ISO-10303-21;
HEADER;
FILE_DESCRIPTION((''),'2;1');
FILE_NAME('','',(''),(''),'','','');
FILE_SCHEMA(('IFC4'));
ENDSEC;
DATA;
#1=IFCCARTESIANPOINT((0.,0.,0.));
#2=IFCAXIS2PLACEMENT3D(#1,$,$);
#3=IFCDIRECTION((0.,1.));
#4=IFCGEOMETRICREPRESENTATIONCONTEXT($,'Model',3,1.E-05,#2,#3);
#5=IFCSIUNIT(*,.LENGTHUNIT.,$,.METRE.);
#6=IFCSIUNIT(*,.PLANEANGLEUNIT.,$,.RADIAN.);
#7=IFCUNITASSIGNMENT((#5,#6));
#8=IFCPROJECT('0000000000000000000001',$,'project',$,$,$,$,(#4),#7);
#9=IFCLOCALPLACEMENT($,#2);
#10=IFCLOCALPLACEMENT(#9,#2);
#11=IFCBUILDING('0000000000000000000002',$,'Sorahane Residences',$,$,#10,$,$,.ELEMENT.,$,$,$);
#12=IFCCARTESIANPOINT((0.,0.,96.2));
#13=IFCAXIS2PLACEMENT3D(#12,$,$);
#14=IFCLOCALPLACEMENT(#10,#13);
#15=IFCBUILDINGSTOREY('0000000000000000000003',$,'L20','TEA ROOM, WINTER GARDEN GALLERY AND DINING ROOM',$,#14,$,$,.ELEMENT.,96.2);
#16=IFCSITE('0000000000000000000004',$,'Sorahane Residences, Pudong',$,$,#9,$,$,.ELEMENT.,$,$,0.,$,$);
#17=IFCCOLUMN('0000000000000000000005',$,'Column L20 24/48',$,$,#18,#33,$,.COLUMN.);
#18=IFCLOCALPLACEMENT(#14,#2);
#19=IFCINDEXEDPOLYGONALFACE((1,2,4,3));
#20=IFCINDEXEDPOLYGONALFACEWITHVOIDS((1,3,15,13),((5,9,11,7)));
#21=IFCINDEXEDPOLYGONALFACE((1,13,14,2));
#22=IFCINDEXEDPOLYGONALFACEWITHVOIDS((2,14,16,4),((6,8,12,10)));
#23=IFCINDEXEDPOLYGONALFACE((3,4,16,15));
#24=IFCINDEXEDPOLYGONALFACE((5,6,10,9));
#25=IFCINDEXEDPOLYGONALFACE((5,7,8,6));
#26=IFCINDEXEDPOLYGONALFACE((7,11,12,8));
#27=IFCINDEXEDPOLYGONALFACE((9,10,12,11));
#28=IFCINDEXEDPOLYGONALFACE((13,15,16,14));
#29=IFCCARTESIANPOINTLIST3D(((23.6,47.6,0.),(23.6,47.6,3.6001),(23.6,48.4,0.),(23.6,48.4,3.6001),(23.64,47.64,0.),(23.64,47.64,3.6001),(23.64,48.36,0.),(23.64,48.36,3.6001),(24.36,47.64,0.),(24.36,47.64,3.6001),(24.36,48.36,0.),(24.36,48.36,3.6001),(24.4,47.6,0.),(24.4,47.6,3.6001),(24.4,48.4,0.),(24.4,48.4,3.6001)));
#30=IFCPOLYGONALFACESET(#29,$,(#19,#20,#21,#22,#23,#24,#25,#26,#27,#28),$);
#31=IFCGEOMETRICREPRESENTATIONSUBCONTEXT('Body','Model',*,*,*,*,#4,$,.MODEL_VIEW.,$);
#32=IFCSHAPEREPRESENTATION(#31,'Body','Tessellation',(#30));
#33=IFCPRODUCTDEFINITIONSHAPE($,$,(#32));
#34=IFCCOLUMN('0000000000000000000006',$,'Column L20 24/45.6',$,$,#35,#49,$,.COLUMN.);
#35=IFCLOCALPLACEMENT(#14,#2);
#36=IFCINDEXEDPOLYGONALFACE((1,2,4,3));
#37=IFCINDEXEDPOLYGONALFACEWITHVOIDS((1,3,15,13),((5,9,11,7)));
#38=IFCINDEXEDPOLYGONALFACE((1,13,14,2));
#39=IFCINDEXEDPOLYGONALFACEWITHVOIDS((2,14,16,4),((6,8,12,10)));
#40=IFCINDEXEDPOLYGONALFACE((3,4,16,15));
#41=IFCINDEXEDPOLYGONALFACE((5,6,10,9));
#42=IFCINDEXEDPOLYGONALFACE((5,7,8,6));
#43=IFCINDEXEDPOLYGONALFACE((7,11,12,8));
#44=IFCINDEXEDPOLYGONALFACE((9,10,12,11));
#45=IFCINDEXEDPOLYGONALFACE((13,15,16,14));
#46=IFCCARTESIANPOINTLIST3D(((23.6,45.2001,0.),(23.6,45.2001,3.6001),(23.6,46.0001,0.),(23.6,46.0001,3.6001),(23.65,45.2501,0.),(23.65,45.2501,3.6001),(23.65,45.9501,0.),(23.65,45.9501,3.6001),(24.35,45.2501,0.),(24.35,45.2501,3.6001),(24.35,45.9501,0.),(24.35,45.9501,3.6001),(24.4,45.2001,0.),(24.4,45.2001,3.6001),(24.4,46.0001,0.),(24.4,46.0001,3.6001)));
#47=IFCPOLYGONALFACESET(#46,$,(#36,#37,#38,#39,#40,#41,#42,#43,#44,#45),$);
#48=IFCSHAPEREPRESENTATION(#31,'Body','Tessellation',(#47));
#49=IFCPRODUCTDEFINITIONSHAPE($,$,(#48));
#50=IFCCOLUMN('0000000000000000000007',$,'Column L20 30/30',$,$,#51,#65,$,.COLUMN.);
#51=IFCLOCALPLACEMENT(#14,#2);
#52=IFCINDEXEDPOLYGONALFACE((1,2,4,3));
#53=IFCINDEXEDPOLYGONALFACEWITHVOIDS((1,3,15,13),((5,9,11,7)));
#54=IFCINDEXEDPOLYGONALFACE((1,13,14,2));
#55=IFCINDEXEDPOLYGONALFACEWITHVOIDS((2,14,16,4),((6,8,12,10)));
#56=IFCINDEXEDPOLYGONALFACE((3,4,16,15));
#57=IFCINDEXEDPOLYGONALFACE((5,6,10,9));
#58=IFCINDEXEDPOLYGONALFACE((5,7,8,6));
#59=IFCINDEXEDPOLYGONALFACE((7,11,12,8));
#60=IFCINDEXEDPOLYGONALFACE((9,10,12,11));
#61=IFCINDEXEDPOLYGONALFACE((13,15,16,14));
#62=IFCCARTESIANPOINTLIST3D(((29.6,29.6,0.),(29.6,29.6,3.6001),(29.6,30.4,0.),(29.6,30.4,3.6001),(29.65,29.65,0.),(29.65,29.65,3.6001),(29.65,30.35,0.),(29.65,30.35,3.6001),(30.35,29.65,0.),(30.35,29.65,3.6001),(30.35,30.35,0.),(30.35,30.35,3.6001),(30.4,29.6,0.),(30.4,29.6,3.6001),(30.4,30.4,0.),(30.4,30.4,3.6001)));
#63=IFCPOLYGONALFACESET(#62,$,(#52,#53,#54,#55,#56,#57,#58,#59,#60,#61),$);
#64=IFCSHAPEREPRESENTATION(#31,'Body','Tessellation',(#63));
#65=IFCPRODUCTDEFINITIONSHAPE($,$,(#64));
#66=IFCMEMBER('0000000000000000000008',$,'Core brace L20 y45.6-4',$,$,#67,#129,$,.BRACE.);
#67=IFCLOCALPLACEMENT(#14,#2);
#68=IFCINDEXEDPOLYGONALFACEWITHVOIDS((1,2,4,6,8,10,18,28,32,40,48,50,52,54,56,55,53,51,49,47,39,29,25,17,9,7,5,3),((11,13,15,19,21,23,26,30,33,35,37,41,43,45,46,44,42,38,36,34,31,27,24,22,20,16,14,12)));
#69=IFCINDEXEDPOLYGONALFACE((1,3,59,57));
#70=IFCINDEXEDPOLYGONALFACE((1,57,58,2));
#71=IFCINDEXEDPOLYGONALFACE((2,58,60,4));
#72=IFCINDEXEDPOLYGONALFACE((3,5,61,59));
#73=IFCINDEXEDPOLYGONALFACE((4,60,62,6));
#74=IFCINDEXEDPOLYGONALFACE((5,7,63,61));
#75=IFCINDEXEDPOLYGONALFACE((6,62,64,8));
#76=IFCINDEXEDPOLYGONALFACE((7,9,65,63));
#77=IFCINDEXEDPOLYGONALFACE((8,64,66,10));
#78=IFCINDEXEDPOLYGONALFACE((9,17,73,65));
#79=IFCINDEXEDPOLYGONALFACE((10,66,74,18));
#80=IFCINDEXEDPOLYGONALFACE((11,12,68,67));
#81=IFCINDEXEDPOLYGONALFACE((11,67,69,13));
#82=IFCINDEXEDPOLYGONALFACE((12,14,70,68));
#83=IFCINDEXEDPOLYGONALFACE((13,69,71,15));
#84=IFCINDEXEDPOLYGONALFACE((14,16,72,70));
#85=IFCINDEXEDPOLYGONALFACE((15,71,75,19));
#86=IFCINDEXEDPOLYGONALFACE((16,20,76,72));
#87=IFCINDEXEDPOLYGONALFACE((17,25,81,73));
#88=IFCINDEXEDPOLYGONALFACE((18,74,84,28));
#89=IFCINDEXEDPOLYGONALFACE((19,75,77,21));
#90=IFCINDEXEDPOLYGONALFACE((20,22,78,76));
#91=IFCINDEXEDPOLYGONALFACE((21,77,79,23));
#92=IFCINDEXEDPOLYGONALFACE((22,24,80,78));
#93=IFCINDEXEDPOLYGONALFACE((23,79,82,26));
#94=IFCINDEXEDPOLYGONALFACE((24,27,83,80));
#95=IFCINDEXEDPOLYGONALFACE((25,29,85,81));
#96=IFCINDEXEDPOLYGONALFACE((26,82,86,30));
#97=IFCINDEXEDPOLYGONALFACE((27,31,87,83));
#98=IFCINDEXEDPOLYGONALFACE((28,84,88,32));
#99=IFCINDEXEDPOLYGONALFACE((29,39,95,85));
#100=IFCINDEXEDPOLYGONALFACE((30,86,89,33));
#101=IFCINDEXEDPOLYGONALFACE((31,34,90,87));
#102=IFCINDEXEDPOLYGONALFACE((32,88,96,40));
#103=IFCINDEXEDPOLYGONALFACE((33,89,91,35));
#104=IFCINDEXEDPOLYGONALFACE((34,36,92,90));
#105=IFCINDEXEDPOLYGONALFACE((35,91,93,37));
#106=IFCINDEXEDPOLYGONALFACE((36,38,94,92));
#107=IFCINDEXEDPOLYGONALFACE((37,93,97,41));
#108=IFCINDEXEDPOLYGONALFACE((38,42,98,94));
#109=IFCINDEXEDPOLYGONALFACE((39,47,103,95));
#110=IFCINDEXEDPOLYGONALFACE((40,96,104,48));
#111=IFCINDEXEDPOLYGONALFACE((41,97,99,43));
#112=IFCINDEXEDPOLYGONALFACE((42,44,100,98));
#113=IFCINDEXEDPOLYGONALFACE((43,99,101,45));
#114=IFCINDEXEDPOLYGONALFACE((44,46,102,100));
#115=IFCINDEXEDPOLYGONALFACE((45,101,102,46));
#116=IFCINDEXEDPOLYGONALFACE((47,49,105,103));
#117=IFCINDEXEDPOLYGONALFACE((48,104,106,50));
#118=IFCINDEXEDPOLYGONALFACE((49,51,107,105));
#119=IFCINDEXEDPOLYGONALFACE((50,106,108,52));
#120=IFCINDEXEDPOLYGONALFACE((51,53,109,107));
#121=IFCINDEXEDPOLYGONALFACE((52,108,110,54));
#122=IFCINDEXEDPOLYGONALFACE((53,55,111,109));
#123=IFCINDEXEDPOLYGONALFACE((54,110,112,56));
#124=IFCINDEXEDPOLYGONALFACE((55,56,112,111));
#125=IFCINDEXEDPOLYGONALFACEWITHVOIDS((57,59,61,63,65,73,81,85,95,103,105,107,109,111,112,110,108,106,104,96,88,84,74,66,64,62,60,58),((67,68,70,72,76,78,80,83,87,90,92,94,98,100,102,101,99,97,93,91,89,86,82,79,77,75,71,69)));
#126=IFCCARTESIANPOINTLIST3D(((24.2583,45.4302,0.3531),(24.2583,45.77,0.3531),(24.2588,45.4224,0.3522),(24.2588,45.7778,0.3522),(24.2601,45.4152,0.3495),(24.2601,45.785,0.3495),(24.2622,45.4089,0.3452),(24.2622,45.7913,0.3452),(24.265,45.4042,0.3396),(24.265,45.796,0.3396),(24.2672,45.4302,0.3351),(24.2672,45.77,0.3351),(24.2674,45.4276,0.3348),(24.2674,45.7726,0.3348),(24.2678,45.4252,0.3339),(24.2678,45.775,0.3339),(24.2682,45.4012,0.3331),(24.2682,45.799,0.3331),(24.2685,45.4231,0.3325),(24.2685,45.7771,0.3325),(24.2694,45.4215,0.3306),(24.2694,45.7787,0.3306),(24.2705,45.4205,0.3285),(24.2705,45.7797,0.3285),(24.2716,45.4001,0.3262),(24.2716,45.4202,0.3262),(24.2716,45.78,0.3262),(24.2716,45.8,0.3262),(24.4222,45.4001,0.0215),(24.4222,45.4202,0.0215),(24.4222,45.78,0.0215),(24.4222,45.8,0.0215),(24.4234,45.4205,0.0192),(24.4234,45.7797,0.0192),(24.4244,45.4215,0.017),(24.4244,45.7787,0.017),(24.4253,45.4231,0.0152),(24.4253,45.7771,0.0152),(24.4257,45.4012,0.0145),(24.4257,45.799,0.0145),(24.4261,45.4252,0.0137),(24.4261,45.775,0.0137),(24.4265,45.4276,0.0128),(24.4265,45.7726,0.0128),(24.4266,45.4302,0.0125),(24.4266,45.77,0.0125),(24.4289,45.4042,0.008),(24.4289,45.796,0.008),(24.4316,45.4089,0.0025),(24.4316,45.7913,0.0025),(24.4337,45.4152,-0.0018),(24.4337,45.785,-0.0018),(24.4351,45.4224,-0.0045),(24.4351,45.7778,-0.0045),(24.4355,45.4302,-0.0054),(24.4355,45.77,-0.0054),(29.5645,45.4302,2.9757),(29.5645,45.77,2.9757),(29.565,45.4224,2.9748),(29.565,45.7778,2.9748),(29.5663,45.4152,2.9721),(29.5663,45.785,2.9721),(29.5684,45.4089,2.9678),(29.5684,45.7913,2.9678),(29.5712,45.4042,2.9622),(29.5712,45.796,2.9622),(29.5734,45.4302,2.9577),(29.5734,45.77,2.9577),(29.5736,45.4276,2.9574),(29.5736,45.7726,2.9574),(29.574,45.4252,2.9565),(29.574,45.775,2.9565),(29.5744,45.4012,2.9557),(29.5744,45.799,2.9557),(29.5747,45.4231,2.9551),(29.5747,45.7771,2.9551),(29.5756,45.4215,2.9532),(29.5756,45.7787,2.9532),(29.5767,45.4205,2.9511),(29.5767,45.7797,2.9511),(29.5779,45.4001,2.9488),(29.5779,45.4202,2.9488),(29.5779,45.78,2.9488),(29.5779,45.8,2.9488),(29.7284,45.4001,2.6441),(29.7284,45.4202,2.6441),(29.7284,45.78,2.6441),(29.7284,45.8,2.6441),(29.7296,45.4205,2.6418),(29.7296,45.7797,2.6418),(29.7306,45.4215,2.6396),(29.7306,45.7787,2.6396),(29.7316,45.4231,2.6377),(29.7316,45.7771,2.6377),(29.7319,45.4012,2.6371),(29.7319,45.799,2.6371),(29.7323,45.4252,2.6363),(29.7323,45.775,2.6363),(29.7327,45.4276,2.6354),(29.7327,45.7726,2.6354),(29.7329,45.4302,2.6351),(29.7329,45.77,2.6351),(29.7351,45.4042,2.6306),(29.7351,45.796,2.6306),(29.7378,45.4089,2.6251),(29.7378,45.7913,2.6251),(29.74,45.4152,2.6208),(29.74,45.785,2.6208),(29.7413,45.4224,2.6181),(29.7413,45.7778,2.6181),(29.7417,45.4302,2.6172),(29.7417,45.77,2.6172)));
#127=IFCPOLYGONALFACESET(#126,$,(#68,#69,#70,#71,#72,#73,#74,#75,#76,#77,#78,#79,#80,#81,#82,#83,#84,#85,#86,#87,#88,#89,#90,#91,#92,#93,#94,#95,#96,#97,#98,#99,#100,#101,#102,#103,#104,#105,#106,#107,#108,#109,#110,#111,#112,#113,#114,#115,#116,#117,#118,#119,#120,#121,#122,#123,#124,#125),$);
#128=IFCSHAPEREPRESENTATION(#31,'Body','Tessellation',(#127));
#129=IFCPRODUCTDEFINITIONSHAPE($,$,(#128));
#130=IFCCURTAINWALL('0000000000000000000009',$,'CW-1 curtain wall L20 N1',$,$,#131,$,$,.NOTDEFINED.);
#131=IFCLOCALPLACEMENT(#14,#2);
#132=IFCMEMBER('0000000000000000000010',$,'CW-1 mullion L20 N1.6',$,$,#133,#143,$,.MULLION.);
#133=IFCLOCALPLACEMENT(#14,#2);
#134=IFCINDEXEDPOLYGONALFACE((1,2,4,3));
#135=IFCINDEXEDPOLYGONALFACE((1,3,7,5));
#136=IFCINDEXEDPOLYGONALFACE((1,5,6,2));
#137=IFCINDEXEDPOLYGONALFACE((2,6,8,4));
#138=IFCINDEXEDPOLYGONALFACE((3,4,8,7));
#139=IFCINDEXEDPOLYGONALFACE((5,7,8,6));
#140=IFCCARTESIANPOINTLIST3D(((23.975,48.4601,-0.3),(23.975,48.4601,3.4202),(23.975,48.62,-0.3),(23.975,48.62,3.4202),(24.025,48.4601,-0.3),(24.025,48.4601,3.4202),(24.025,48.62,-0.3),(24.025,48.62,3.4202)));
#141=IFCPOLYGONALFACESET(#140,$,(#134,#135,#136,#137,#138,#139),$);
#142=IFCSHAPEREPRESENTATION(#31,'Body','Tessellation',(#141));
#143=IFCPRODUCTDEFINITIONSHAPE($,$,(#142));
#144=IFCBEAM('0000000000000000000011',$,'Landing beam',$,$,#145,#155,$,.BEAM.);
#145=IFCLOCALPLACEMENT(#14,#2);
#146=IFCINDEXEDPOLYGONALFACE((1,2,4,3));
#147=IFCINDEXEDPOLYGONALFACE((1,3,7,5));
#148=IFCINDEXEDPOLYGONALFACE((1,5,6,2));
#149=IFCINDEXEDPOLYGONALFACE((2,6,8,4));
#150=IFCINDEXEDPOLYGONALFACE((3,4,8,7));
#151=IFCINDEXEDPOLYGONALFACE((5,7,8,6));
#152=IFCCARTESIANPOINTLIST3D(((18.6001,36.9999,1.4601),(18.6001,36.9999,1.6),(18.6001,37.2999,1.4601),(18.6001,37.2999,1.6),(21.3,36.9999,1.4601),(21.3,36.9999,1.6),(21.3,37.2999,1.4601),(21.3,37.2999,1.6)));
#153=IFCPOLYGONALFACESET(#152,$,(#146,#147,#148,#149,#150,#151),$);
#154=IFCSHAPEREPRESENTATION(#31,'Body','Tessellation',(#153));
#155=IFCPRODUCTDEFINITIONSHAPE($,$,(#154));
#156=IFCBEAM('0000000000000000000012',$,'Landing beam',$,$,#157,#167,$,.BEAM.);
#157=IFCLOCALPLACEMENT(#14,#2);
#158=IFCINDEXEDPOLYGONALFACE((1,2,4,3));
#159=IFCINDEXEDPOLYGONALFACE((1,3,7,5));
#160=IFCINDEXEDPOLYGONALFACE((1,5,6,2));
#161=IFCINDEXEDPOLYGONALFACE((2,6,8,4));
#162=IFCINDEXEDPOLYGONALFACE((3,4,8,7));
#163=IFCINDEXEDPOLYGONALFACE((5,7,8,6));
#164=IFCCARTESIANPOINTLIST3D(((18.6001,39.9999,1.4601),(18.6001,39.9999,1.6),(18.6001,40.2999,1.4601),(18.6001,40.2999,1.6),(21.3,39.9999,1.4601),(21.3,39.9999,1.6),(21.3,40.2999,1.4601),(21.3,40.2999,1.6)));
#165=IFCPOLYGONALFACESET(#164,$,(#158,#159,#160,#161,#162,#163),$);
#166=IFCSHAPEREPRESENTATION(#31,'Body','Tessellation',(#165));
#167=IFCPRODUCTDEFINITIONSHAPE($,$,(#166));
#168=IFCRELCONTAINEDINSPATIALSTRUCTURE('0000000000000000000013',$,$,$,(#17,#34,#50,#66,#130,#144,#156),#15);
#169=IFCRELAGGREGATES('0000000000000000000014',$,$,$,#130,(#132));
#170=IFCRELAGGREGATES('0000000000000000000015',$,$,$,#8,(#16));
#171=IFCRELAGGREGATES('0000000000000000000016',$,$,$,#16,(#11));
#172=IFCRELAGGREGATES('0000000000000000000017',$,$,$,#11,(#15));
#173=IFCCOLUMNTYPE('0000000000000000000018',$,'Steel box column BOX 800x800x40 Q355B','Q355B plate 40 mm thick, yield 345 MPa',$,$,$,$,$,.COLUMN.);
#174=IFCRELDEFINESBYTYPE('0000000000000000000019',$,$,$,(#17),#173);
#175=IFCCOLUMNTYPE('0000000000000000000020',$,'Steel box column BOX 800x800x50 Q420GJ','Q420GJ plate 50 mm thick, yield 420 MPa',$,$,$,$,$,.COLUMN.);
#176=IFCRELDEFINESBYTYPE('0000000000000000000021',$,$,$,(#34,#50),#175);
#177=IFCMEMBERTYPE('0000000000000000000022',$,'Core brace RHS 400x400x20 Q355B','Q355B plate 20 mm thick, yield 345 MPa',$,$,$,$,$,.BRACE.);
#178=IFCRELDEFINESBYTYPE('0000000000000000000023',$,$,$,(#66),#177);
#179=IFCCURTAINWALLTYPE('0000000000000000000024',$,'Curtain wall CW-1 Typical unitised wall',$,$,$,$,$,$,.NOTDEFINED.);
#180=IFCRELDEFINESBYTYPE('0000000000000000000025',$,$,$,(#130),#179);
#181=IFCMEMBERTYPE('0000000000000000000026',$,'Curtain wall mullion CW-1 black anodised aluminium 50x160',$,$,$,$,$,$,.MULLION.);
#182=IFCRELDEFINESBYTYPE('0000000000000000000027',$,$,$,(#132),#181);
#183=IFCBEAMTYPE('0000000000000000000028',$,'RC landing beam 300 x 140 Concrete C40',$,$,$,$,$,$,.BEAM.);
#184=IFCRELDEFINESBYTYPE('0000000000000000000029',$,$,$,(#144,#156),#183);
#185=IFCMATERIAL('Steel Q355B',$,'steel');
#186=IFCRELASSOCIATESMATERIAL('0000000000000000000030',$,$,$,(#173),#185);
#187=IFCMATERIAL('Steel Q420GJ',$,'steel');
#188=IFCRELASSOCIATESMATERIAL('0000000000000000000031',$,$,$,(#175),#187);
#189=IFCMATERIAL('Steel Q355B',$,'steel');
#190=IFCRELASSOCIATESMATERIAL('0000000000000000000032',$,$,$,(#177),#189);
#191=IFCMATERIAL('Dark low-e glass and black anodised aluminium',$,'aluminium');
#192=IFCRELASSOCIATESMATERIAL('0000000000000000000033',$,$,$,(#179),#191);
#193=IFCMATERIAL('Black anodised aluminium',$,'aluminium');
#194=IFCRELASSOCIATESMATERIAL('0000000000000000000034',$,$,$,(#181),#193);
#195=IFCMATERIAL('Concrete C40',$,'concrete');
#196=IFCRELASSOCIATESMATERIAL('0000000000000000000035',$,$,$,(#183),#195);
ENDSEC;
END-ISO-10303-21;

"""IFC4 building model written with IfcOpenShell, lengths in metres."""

from ifc_helpers import new_model, si_unit, direction, frame, origin, origin_2d, place, context, subcontext, project, spatial, rectangle, hollow_rectangle, extrude, material, material_profile, profile_set, type_object, element, aggregate, save


model = new_model("IFC4")

# Units and contexts
model_context = context("Model", 3, precision=1e-05, world=origin(), true_north=direction((0.0, 1.0)))
body_context = subcontext(model_context, "Body", "Model", "MODEL_VIEW")
ifc_project = project(units=[si_unit("LENGTHUNIT", "METRE"), si_unit("PLANEANGLEUNIT", "RADIAN")], contexts=[model_context])

# Site, building, storey
site_placement = place(None, origin())
site = spatial("IfcSite", under=ifc_project, at=site_placement, Name="Sorahane Residences, Pudong", CompositionType="ELEMENT", RefElevation=0.0)
building_placement = place(site_placement, origin())
building = spatial("IfcBuilding", under=site, at=building_placement, Name="Sorahane Residences", CompositionType="ELEMENT")
storey_placement = place(building_placement, frame((0.0, 0.0, 96.2)))
storey = spatial("IfcBuildingStorey", under=building, at=storey_placement, Name="L20", Description="TEA ROOM, WINTER GARDEN GALLERY AND DINING ROOM", CompositionType="ELEMENT", Elevation=96.2)

# Columns
ifc_material_1 = material(Name="Steel Q355B", Category="steel")
ifc_material_profile_1 = material_profile(ifc_material_1, hollow_rectangle(XDim=0.8, YDim=0.8, WallThickness=0.04, at=origin_2d()), Name="BOX 800x800x40")
ifc_profile_set_1 = profile_set([ifc_material_profile_1], Name="Steel Q355B")
column_type_1 = type_object("IfcColumnType", Name="Steel box column BOX 800x800x40 Q355B", Description="Q355B plate 40 mm thick, yield 345 MPa", PredefinedType="COLUMN", material=ifc_profile_set_1)
column_placement = place(storey_placement, frame((24.0, 48.0, 0.0), z_axis=(0.0, 0.0, 1.0), x_axis=(1.0, 0.0, 0.0)))
element("IfcColumn", 1, at=column_placement, inside=storey, type_object=column_type_1, Name="Column L20 24/48", PredefinedType="COLUMN", context=body_context, shape_type="SweptSolid", body=[
    extrude(hollow_rectangle(XDim=0.8, YDim=0.8, WallThickness=0.04, at=origin_2d()), origin(), (0.0, 0.0, 1.0), 3.6001),
])
ifc_material_2 = material(Name="Steel Q420GJ", Category="steel")
ifc_material_profile_2 = material_profile(ifc_material_2, hollow_rectangle(XDim=0.8, YDim=0.8, WallThickness=0.05, at=origin_2d()), Name="BOX 800x800x50")
ifc_profile_set_2 = profile_set([ifc_material_profile_2], Name="Steel Q420GJ")
column_type_2 = type_object("IfcColumnType", Name="Steel box column BOX 800x800x50 Q420GJ", Description="Q420GJ plate 50 mm thick, yield 420 MPa", PredefinedType="COLUMN", material=ifc_profile_set_2)
for number, where, z_axis, x_axis, name in (
    (2, (24.0, 45.6001, 0.0), (0.0, 0.0, 1.0), (1.0, 0.0, 0.0), "Column L20 24/45.6"),
    (3, (30.0, 30.0, 0.0), (0.0, 0.0, 1.0), (1.0, 0.0, 0.0), "Column L20 30/30"),
):
    element("IfcColumn", number, at=place(storey_placement, frame(where, z_axis=z_axis, x_axis=x_axis)), inside=storey, type_object=column_type_2, Name=name, PredefinedType="COLUMN", context=body_context, shape_type="SweptSolid", body=[
        extrude(hollow_rectangle(XDim=0.8, YDim=0.8, WallThickness=0.05, at=origin_2d()), origin(), (0.0, 0.0, 1.0), 3.6001),
    ])

# Member
ifc_material_3 = material(Name="Steel Q355B", Category="steel")
ifc_material_profile_3 = material_profile(ifc_material_3, hollow_rectangle(XDim=0.3999, YDim=0.3999, WallThickness=0.02, InnerFilletRadius=0.01, OuterFilletRadius=0.03, at=origin_2d()), Name="RHS 400x400x20")
ifc_profile_set_3 = profile_set([ifc_material_profile_3], Name="Steel Q355B")
member_type_1 = type_object("IfcMemberType", Name="Core brace RHS 400x400x20 Q355B", Description="Q355B plate 20 mm thick, yield 345 MPa", PredefinedType="BRACE", material=ifc_profile_set_3)
member_1_placement = place(storey_placement, frame((24.3469, 45.6001, 0.1738), z_axis=(0.89648, 0.0, 0.443084), x_axis=(0.0, 1.0, 0.0)))
element("IfcMember", 4, at=member_1_placement, inside=storey, type_object=member_type_1, Name="Core brace L20 y45.6-4", PredefinedType="BRACE", context=body_context, shape_type="SweptSolid", body=[
    extrude(hollow_rectangle(XDim=0.3999, YDim=0.3999, WallThickness=0.02, InnerFilletRadius=0.01, OuterFilletRadius=0.03, at=origin_2d()), origin(), (0.0, 0.0, 1.0), 5.9189),
])

# Curtain wall, member
ifc_material_4 = material(Name="Dark low-e glass and black anodised aluminium", Category="aluminium")
curtain_wall_type = type_object("IfcCurtainWallType", Name="Curtain wall CW-1 Typical unitised wall", PredefinedType="NOTDEFINED", material=ifc_material_4)
curtain_wall_placement = place(storey_placement, origin())
curtain_wall = element("IfcCurtainWall", 5, at=curtain_wall_placement, inside=storey, type_object=curtain_wall_type, Name="CW-1 curtain wall L20 N1", PredefinedType="NOTDEFINED")
ifc_material_5 = material(Name="Black anodised aluminium", Category="aluminium")
ifc_material_profile_4 = material_profile(ifc_material_5, rectangle(XDim=0.1599, YDim=0.05, at=origin_2d()), Name="Curtain wall mullion CW-1 black anodised aluminium 50x160")
ifc_profile_set_4 = profile_set([ifc_material_profile_4], Name="Black anodised aluminium")
member_type_2 = type_object("IfcMemberType", Name="Curtain wall mullion CW-1 black anodised aluminium 50x160", PredefinedType="MULLION", material=ifc_profile_set_4)
member_2_placement = place(storey_placement, frame((24.0, 48.54, -0.3), z_axis=(0.0, 0.0, 1.0), x_axis=(0.0, 1.0, 0.0)))
member_2 = element("IfcMember", 6, at=member_2_placement, type_object=member_type_2, Name="CW-1 mullion L20 N1.6", PredefinedType="MULLION", context=body_context, shape_type="SweptSolid", body=[
    extrude(rectangle(XDim=0.1599, YDim=0.05, at=origin_2d()), origin(), (0.0, 0.0, 1.0), 3.7202),
])

# Beams
ifc_material_6 = material(Name="Concrete C40", Category="concrete")
ifc_material_profile_5 = material_profile(ifc_material_6, rectangle(XDim=0.3, YDim=0.1399, at=origin_2d()), Name="300x140")
ifc_profile_set_5 = profile_set([ifc_material_profile_5], Name="Concrete C40")
beam_type_1 = type_object("IfcBeamType", Name="RC landing beam 300 x 140 Concrete C40", PredefinedType="BEAM", material=ifc_profile_set_5)
for number, where, z_axis, x_axis, name in (
    (7, (18.6001, 37.1499, 1.53), (1.0, 0.0, 0.0), (0.0, 1.0, 0.0), "Landing beam"),
    (8, (18.6001, 40.1499, 1.53), (1.0, 0.0, 0.0), (0.0, 1.0, 0.0), "Landing beam"),
):
    element("IfcBeam", number, at=place(storey_placement, frame(where, z_axis=z_axis, x_axis=x_axis)), inside=storey, type_object=beam_type_1, Name=name, PredefinedType="BEAM", context=body_context, shape_type="SweptSolid", body=[
        extrude(rectangle(XDim=0.3, YDim=0.1399, at=origin_2d()), origin(), (0.0, 0.0, 1.0), 2.7),
    ])

aggregate(curtain_wall, [member_2])

save(model, "model.ifc")
